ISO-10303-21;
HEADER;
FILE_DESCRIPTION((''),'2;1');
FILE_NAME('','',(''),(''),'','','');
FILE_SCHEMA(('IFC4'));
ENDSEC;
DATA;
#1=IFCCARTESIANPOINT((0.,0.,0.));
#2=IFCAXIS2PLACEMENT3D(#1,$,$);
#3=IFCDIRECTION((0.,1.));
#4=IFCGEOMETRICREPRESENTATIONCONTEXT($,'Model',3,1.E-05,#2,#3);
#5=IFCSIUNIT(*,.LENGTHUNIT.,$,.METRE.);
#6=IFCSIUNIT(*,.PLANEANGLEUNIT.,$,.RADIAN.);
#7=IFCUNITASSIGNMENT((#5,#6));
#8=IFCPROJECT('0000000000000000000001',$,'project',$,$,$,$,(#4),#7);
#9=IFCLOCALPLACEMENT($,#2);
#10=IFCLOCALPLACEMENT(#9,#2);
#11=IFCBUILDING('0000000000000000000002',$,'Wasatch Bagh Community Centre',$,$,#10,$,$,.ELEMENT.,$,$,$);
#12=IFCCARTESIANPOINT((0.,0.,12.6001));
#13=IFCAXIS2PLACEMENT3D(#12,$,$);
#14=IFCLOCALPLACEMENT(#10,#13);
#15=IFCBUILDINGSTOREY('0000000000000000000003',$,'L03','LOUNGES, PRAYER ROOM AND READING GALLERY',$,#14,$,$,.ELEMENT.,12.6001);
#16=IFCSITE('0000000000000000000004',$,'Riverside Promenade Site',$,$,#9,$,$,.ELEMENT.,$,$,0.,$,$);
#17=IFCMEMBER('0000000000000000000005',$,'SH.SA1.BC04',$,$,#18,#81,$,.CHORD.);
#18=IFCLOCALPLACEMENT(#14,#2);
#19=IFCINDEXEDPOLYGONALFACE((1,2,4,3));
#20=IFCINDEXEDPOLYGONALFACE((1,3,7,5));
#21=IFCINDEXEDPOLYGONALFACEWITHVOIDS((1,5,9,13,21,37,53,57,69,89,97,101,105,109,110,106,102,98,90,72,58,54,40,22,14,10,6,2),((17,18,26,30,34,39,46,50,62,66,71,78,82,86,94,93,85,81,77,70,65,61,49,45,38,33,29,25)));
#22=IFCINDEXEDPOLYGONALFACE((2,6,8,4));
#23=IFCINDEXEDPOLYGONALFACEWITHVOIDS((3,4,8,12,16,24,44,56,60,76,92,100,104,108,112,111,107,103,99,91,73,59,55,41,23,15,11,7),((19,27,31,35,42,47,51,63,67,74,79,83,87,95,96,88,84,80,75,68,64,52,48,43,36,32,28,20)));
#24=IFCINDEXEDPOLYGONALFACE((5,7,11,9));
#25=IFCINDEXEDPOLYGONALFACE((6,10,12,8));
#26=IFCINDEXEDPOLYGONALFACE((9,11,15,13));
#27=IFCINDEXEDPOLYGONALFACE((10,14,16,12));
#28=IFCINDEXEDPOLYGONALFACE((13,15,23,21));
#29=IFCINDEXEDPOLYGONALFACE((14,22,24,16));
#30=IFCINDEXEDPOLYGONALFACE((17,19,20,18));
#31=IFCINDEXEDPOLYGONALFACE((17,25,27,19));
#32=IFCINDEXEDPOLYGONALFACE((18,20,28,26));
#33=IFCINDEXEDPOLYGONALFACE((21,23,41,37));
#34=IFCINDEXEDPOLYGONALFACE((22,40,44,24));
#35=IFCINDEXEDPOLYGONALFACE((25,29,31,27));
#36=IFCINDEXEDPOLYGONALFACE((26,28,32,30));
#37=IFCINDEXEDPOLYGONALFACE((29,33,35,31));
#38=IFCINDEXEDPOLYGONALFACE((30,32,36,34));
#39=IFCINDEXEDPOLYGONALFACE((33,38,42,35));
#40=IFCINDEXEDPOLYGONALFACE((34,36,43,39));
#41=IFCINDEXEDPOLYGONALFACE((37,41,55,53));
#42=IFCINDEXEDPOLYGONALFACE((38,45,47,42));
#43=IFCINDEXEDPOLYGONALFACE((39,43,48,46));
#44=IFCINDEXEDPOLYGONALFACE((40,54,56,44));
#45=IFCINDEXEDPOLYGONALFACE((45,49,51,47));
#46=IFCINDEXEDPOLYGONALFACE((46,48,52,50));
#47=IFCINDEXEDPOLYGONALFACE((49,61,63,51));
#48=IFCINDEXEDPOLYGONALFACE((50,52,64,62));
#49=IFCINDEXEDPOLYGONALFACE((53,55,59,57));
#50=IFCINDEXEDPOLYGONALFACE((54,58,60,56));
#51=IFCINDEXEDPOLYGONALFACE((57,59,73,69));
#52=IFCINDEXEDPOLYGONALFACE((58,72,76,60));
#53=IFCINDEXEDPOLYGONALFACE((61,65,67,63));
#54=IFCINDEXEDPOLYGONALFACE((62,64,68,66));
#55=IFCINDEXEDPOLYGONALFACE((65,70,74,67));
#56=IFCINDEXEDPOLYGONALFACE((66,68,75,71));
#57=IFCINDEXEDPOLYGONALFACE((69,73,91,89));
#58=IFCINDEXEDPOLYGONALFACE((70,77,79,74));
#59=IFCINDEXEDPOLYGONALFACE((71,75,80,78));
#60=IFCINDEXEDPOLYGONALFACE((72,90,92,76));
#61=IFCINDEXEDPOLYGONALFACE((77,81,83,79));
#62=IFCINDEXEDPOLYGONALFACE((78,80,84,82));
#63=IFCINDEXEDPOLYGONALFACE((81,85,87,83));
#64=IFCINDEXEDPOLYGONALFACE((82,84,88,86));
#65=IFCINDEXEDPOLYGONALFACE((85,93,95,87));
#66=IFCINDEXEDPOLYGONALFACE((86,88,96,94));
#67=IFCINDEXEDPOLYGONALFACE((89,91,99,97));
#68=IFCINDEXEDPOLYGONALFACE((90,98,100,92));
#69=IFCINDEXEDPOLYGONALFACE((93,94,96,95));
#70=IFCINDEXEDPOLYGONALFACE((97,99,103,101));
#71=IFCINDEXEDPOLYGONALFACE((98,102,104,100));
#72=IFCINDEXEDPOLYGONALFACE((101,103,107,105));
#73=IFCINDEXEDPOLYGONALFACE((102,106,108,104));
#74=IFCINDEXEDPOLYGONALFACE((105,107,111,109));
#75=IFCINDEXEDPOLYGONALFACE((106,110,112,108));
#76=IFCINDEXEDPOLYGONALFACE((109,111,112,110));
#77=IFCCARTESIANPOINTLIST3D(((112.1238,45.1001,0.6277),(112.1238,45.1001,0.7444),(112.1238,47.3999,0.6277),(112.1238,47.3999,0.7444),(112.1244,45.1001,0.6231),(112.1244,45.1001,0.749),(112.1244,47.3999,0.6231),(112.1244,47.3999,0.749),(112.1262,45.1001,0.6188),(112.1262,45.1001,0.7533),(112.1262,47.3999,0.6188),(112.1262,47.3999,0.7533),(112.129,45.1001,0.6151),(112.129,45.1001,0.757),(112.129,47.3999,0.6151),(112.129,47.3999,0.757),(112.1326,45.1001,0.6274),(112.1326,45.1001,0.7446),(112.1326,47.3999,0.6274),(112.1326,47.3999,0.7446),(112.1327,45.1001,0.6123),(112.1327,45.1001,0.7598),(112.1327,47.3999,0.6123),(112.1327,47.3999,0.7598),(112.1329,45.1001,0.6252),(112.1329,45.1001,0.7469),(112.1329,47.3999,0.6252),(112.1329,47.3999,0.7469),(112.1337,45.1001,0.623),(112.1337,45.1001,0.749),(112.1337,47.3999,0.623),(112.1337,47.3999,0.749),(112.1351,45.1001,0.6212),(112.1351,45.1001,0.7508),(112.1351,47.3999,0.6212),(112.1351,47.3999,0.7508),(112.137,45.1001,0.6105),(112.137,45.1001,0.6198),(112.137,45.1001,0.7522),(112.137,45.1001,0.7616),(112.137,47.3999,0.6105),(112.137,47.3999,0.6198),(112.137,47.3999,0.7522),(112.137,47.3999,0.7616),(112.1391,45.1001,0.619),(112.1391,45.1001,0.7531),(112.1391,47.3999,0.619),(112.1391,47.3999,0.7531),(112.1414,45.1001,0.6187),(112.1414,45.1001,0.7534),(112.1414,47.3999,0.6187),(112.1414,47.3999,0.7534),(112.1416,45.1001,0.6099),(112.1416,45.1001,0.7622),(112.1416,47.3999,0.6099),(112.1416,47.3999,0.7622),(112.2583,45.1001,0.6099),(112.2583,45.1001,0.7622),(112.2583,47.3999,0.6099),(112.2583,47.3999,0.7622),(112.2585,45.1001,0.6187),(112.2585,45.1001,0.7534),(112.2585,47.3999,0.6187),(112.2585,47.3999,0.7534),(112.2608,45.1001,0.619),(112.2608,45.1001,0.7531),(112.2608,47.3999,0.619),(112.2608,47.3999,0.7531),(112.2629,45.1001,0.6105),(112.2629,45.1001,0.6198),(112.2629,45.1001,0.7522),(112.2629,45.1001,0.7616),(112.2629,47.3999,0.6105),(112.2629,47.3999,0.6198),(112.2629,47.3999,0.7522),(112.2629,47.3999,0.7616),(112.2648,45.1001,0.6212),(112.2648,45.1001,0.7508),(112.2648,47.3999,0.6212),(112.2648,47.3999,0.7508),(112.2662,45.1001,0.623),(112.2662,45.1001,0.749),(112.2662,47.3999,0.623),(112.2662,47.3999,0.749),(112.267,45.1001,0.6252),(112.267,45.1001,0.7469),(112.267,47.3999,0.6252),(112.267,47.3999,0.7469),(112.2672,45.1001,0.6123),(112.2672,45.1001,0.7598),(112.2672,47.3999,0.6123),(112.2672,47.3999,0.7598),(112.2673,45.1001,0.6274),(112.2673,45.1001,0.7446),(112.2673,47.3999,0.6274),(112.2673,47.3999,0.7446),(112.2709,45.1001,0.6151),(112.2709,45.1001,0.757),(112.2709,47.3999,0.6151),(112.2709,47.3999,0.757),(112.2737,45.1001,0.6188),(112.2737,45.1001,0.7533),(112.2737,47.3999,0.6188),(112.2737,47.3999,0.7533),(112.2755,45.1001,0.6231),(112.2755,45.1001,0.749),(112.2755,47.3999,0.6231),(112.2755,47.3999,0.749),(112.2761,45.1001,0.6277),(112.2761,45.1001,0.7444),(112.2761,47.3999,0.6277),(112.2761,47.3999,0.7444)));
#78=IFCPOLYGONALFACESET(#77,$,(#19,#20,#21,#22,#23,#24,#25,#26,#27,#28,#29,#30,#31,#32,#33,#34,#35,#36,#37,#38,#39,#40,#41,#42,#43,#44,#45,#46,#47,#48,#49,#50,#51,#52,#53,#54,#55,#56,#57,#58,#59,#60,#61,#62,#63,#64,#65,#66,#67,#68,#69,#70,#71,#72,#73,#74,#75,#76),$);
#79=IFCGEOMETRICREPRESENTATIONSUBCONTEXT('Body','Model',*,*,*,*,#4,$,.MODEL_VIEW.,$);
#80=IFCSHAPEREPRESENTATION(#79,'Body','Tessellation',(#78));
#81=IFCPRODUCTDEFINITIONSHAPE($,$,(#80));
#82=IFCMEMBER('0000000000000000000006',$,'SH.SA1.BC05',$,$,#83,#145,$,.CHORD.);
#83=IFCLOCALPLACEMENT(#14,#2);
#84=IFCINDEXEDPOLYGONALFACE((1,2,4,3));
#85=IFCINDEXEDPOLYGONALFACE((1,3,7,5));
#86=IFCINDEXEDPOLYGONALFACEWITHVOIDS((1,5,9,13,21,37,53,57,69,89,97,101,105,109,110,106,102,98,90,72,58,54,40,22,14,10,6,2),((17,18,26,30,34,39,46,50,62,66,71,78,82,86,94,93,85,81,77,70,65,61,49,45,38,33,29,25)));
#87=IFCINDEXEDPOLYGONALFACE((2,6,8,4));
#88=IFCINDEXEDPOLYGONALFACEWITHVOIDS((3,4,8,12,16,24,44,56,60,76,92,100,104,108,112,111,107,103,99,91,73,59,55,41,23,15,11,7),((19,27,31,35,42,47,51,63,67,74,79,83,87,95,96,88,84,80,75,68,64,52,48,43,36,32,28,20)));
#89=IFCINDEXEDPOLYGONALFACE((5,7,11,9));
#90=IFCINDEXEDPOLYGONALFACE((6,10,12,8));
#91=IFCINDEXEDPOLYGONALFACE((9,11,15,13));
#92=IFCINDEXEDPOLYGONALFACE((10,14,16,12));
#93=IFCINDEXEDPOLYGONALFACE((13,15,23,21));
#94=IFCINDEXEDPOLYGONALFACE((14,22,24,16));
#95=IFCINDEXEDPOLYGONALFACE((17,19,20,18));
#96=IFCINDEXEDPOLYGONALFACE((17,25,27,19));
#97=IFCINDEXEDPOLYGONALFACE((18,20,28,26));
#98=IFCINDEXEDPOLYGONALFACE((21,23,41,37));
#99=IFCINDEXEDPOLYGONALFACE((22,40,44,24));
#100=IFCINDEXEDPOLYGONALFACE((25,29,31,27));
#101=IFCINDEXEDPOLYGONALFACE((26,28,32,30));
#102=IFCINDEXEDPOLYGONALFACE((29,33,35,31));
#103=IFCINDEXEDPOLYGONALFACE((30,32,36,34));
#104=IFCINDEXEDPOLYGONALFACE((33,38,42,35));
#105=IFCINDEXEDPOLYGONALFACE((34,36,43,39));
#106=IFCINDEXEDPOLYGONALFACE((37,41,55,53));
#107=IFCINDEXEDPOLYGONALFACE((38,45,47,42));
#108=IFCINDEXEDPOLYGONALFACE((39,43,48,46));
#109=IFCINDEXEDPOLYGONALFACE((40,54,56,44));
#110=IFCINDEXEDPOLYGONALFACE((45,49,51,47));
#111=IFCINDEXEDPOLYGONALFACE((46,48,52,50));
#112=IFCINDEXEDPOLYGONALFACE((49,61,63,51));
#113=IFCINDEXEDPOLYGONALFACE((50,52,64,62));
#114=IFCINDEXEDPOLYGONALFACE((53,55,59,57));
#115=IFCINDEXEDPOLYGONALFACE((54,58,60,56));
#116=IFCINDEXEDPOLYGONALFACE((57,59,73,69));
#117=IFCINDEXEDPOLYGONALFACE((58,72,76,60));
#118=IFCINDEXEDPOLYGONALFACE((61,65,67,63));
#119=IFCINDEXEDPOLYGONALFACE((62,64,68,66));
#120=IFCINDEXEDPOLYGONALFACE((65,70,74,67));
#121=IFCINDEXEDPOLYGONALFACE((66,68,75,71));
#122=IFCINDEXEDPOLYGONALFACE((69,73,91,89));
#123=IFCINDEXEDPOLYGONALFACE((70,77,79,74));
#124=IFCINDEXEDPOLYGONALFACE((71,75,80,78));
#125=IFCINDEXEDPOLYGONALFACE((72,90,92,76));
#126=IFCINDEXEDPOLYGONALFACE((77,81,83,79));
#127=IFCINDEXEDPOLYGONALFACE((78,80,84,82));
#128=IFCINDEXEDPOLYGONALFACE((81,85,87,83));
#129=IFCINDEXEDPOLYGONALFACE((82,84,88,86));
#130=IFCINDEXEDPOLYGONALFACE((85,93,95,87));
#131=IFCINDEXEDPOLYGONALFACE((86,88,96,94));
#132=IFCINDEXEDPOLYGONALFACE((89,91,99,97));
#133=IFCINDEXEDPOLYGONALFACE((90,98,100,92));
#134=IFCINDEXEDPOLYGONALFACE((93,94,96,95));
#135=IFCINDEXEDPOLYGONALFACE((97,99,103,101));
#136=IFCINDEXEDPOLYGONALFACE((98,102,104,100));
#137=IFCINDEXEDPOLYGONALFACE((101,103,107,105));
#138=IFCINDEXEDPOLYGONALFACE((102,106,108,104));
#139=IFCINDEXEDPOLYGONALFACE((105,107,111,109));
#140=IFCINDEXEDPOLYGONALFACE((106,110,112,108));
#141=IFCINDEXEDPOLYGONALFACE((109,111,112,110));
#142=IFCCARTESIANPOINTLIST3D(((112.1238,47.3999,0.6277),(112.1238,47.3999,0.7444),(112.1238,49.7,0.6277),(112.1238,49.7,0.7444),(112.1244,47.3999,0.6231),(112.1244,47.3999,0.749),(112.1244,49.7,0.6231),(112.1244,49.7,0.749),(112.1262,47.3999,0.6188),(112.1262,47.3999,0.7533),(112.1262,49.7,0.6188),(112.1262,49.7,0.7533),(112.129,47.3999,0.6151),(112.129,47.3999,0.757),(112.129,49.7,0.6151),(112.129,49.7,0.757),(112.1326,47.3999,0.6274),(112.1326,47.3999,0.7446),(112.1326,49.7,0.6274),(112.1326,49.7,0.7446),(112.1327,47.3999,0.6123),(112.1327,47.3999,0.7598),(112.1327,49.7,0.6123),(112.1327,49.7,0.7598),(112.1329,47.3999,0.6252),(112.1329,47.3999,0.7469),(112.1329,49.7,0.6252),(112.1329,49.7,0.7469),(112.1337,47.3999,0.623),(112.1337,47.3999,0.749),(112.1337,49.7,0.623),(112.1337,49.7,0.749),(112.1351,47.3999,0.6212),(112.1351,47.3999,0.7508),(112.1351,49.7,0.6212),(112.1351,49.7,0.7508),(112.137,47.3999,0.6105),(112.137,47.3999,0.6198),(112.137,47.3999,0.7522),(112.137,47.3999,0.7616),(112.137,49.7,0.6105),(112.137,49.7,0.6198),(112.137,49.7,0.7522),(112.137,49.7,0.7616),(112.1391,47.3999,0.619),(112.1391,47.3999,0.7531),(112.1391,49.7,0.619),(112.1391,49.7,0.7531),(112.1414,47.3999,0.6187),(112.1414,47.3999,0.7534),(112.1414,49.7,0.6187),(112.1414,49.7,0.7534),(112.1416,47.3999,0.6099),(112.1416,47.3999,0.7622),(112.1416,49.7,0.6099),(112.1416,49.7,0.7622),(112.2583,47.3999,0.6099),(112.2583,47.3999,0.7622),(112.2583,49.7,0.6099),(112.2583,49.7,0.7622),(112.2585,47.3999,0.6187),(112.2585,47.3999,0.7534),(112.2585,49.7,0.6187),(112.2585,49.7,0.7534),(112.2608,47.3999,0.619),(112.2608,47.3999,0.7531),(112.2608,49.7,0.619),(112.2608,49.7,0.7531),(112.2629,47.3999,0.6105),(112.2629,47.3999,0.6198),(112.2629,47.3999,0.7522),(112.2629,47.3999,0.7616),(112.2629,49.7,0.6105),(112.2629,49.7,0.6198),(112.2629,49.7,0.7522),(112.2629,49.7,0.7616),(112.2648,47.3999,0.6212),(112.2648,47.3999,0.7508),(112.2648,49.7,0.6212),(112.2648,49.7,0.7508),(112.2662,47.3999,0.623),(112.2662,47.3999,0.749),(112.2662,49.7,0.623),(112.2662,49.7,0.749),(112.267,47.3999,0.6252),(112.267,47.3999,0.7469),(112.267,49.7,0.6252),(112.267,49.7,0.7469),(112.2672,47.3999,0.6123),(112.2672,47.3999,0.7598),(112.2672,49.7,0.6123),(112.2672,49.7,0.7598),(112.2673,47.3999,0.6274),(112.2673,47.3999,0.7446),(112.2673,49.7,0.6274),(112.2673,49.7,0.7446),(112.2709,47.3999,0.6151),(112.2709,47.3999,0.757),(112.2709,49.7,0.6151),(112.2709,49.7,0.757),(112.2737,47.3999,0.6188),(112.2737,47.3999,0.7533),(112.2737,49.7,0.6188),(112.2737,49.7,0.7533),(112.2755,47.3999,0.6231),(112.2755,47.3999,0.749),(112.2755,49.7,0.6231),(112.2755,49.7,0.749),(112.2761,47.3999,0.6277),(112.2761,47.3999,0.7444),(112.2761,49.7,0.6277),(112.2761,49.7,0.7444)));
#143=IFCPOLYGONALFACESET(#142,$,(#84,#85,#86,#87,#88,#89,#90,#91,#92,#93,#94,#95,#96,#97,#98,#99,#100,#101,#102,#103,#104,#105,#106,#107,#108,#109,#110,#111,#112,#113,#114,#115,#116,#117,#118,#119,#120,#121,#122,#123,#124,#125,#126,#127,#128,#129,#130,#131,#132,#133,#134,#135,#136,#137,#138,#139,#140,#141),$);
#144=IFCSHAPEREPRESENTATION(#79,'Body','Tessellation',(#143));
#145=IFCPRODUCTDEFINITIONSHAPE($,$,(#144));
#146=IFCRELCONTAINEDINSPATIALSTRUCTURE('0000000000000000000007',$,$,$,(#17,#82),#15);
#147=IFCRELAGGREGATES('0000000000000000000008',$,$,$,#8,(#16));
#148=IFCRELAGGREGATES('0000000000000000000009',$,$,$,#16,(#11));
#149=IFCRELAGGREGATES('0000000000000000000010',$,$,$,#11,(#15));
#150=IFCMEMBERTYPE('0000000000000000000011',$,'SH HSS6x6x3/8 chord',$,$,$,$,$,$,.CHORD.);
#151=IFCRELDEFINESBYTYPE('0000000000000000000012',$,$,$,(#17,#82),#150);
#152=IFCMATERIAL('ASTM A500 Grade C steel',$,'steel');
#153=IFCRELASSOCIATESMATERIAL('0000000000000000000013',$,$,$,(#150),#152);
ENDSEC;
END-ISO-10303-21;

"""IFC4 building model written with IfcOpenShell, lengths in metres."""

from ifc_helpers import new_model, si_unit, direction, frame, origin, origin_2d, place, context, subcontext, project, spatial, hollow_rectangle, extrude, material, material_profile, profile_set, type_object, element, save


model = new_model("IFC4")

# Units and contexts
model_context = context("Model", 3, precision=1e-05, world=origin(), true_north=direction((0.0, 1.0)))
body_context = subcontext(model_context, "Body", "Model", "MODEL_VIEW")
ifc_project = project(units=[si_unit("LENGTHUNIT", "METRE"), si_unit("PLANEANGLEUNIT", "RADIAN")], contexts=[model_context])

# Site, building, storey
site_placement = place(None, origin())
site = spatial("IfcSite", under=ifc_project, at=site_placement, Name="Riverside Promenade Site", CompositionType="ELEMENT", RefElevation=0.0)
building_placement = place(site_placement, origin())
building = spatial("IfcBuilding", under=site, at=building_placement, Name="Wasatch Bagh Community Centre", CompositionType="ELEMENT")
storey_placement = place(building_placement, frame((0.0, 0.0, 12.6001)))
storey = spatial("IfcBuildingStorey", under=building, at=storey_placement, Name="L03", Description="LOUNGES, PRAYER ROOM AND READING GALLERY", CompositionType="ELEMENT", Elevation=12.6001)

# Members
ifc_material_1 = material(Name="ASTM A500 Grade C steel", Category="steel")
ifc_material_profile_1 = material_profile(ifc_material_1, hollow_rectangle(XDim=0.1523, YDim=0.1523, WallThickness=0.0088, InnerFilletRadius=0.0088, OuterFilletRadius=0.0178, at=origin_2d()), Name="HSS6x6x3/8")
ifc_profile_set_1 = profile_set([ifc_material_profile_1], Name="ASTM A500 Grade C steel")
member_type_1 = type_object("IfcMemberType", Name="SH HSS6x6x3/8 chord", PredefinedType="CHORD", material=ifc_profile_set_1)
member_1_placement = place(storey_placement, frame((112.2, 45.1001, 0.686), z_axis=(0.0, 1.0, 0.0), x_axis=(-1.0, 0.0, 0.0)))
element("IfcMember", 1, at=member_1_placement, inside=storey, type_object=member_type_1, Name="SH.SA1.BC04", PredefinedType="CHORD", context=body_context, shape_type="SweptSolid", body=[
    extrude(hollow_rectangle(XDim=0.1523, YDim=0.1523, WallThickness=0.0088, InnerFilletRadius=0.0088, OuterFilletRadius=0.0178, at=origin_2d()), origin(), (0.0, 0.0, 1.0), 2.2998),
])
for number, where, z_axis, x_axis, name in (
    (2, (112.2, 47.3999, 0.686), (0.0, 1.0, 0.0), (-1.0, 0.0, 0.0), "SH.SA1.BC05"),
):
    element("IfcMember", number, at=place(storey_placement, frame(where, z_axis=z_axis, x_axis=x_axis)), inside=storey, type_object=member_type_1, Name=name, PredefinedType="CHORD", context=body_context, shape_type="SweptSolid", body=[
        extrude(hollow_rectangle(XDim=0.1523, YDim=0.1523, WallThickness=0.0088, InnerFilletRadius=0.0088, OuterFilletRadius=0.0178, at=origin_2d()), origin(), (0.0, 0.0, 1.0), 2.3),
    ])

save(model, "model.ifc")
